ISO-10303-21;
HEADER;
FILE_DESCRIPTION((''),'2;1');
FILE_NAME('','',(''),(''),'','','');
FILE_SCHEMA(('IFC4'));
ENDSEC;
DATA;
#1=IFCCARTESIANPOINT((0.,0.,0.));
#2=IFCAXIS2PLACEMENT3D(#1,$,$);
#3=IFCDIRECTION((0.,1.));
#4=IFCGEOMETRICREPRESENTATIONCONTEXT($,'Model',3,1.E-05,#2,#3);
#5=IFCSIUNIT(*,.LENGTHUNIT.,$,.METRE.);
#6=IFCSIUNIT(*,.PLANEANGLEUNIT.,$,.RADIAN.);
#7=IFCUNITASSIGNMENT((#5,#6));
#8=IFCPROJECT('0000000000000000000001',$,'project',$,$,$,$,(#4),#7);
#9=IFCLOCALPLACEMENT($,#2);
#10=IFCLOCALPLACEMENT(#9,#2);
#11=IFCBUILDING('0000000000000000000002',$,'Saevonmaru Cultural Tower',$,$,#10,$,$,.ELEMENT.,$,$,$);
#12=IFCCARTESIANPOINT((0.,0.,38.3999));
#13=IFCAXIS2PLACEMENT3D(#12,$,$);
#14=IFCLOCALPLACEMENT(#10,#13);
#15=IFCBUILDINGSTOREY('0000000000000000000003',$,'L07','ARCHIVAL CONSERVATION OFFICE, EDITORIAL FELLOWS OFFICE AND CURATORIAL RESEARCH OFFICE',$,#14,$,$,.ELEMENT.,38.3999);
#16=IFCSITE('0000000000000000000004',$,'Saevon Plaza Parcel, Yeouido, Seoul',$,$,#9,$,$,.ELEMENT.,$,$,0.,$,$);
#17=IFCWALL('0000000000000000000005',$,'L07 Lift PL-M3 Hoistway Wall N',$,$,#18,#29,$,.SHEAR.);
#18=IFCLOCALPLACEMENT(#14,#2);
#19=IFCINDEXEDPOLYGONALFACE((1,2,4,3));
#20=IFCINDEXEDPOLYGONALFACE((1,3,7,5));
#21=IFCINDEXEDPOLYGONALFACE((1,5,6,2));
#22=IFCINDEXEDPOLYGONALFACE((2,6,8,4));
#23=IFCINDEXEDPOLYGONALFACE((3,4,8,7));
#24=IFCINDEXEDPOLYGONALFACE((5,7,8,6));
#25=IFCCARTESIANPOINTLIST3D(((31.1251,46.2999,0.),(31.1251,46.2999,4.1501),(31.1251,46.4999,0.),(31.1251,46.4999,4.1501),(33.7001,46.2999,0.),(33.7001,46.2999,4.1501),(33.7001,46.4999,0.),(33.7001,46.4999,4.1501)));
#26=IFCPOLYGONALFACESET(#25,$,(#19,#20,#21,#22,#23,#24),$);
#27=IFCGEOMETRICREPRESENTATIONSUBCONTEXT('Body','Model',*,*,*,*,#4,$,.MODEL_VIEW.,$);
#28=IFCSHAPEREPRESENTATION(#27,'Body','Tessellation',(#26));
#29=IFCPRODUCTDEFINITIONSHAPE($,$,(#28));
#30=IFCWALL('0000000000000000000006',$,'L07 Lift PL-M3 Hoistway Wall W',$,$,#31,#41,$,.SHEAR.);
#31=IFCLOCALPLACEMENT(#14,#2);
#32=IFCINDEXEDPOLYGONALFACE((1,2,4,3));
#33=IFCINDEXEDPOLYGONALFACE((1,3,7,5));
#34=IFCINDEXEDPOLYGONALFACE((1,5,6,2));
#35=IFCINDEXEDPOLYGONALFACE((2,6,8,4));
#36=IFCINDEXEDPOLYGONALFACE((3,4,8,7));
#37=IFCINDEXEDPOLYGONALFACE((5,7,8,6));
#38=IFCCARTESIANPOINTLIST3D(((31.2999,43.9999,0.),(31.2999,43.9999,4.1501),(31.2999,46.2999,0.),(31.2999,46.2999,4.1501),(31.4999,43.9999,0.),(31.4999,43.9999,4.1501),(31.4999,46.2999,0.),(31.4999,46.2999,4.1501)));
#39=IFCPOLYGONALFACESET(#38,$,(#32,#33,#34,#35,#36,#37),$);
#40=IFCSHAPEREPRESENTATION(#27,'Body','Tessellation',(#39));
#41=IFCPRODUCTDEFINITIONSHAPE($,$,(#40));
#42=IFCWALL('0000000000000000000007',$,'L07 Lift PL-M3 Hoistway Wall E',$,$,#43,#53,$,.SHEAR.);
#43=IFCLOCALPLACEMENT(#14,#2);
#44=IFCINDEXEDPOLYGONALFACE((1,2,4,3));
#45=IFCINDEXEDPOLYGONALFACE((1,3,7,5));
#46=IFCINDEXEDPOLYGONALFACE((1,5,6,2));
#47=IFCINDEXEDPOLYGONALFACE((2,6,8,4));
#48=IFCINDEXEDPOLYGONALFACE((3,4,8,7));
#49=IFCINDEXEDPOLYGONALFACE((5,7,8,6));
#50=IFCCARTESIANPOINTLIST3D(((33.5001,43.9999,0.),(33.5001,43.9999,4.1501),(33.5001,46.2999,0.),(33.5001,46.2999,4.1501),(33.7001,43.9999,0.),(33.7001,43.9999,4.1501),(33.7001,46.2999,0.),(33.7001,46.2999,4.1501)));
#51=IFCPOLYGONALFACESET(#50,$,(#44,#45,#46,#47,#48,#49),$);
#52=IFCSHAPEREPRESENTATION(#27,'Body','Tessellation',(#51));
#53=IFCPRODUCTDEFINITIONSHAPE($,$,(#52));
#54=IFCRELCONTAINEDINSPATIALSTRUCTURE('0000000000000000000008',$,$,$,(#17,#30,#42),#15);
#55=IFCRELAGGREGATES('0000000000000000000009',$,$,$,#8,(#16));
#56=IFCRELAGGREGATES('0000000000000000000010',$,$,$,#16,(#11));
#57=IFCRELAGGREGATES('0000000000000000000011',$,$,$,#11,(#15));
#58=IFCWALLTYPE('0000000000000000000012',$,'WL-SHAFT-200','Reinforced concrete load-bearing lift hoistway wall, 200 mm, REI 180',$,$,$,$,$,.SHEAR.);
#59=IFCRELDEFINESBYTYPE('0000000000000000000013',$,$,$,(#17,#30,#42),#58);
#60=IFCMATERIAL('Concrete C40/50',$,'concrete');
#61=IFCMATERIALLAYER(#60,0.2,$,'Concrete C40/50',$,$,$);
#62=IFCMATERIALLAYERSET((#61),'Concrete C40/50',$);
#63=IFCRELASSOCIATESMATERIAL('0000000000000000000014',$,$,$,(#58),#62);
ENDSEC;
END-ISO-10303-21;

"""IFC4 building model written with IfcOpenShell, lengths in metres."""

from ifc_helpers import new_model, si_unit, direction, frame, frame_2d, origin, place, context, subcontext, project, spatial, rectangle, extrude, material, layer, layer_set, type_object, element, save


model = new_model("IFC4")

# Units and contexts
model_context = context("Model", 3, precision=1e-05, world=origin(), true_north=direction((0.0, 1.0)))
body_context = subcontext(model_context, "Body", "Model", "MODEL_VIEW")
ifc_project = project(units=[si_unit("LENGTHUNIT", "METRE"), si_unit("PLANEANGLEUNIT", "RADIAN")], contexts=[model_context])

# Site, building, storey
site_placement = place(None, origin())
site = spatial("IfcSite", under=ifc_project, at=site_placement, Name="Saevon Plaza Parcel, Yeouido, Seoul", CompositionType="ELEMENT", RefElevation=0.0)
building_placement = place(site_placement, origin())
building = spatial("IfcBuilding", under=site, at=building_placement, Name="Saevonmaru Cultural Tower", CompositionType="ELEMENT")
storey_placement = place(building_placement, frame((0.0, 0.0, 38.3999)))
storey = spatial("IfcBuildingStorey", under=building, at=storey_placement, Name="L07", Description="ARCHIVAL CONSERVATION OFFICE, EDITORIAL FELLOWS OFFICE AND CURATORIAL RESEARCH OFFICE", CompositionType="ELEMENT", Elevation=38.3999)

# Walls
ifc_material_1 = material(Name="Concrete C40/50", Category="concrete")
ifc_layer_1 = layer(ifc_material_1, 0.2, Name="Concrete C40/50")
ifc_layer_set_1 = layer_set([ifc_layer_1], Name="Concrete C40/50")
wall_type_1 = type_object("IfcWallType", Name="WL-SHAFT-200", Description="Reinforced concrete load-bearing lift hoistway wall, 200 mm, REI 180", PredefinedType="SHEAR", material=ifc_layer_set_1)
for number, where, z_axis, x_axis, name in (
    (1, (31.125, 46.3999, 0.0), (0.0, 0.0, 1.0), (1.0, 0.0, 0.0), "L07 Lift PL-M3 Hoistway Wall N"),
):
    element("IfcWall", number, at=place(storey_placement, frame(where, z_axis=z_axis, x_axis=x_axis)), inside=storey, type_object=wall_type_1, Name=name, PredefinedType="SHEAR", context=body_context, shape_type="SweptSolid", body=[
        extrude(rectangle(XDim=2.575, YDim=0.2, at=frame_2d((1.2876, 0.0))), origin(), (0.0, 0.0, 1.0), 4.1501),
    ])
for number, where, z_axis, x_axis, name in (
    (2, (31.3999, 44.0, 0.0), (0.0, 0.0, 1.0), (0.0, 1.0, 0.0), "L07 Lift PL-M3 Hoistway Wall W"),
    (3, (33.6001, 44.0, 0.0), (0.0, 0.0, 1.0), (0.0, 1.0, 0.0), "L07 Lift PL-M3 Hoistway Wall E"),
):
    element("IfcWall", number, at=place(storey_placement, frame(where, z_axis=z_axis, x_axis=x_axis)), inside=storey, type_object=wall_type_1, Name=name, PredefinedType="SHEAR", context=body_context, shape_type="SweptSolid", body=[
        extrude(rectangle(XDim=2.3, YDim=0.2, at=frame_2d((1.1499, 0.0))), origin(), (0.0, 0.0, 1.0), 4.1501),
    ])

save(model, "model.ifc")
